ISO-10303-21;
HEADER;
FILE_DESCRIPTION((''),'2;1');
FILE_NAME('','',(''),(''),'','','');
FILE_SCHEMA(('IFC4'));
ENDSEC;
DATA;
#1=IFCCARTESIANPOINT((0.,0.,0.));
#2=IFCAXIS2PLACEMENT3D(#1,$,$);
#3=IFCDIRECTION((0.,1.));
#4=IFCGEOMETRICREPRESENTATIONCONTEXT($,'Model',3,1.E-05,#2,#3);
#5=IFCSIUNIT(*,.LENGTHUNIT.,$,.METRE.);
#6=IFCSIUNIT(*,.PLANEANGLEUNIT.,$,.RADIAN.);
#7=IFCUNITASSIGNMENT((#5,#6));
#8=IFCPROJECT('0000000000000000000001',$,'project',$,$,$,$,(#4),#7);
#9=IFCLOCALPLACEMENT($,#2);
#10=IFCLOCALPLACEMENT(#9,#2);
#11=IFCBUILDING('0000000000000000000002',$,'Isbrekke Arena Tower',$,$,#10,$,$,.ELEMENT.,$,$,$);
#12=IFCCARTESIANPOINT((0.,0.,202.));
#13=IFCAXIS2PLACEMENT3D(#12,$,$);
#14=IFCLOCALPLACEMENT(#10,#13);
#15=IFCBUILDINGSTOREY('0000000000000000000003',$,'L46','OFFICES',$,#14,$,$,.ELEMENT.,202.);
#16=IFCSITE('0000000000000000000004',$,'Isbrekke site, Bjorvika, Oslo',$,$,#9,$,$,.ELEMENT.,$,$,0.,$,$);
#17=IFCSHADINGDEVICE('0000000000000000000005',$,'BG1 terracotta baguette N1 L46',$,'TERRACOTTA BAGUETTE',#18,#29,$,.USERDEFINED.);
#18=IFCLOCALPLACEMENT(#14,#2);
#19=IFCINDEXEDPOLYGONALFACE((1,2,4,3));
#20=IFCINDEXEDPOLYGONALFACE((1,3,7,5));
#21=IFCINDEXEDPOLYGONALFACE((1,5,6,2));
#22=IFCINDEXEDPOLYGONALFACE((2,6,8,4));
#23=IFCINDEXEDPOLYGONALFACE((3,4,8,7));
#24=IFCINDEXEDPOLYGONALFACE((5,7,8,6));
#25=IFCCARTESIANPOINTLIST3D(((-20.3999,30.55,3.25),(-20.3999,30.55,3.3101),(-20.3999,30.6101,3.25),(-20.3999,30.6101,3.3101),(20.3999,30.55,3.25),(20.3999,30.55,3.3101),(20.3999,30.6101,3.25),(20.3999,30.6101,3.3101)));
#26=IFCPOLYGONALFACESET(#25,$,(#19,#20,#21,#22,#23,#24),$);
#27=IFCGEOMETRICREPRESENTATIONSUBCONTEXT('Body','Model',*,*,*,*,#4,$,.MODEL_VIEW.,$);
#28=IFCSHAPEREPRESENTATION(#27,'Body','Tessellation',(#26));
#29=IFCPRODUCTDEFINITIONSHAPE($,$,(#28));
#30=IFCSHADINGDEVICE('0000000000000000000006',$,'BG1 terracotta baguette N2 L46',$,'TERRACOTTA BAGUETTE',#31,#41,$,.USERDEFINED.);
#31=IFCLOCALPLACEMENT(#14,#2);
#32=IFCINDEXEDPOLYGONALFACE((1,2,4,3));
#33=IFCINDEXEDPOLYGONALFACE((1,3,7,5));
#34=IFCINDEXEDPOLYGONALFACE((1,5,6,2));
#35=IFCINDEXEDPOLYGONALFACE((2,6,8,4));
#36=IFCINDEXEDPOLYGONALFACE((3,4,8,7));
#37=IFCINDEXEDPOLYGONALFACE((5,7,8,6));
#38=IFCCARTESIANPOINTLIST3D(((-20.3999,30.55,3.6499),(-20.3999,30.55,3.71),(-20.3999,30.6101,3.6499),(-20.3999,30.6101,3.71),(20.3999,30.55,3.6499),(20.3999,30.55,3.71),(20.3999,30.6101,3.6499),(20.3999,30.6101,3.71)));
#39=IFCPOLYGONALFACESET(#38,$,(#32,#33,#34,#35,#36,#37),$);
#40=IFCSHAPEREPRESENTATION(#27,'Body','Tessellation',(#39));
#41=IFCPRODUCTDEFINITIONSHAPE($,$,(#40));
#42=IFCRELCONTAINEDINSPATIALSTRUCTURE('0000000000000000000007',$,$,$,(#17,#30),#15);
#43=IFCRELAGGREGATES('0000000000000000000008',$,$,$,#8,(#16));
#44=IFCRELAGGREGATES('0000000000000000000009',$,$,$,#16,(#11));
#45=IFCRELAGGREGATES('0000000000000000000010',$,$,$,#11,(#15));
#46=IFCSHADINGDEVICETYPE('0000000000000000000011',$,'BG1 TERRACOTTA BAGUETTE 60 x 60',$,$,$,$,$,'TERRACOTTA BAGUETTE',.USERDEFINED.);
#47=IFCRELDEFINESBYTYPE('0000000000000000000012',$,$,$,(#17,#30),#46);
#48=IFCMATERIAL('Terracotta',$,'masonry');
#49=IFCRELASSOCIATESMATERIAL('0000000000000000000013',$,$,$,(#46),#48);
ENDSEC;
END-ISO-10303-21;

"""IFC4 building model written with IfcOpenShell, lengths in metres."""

from ifc_helpers import new_model, si_unit, direction, frame, origin, origin_2d, place, context, subcontext, project, spatial, rectangle, extrude, material, material_profile, profile_set, type_object, element, save


model = new_model("IFC4")

# Units and contexts
model_context = context("Model", 3, precision=1e-05, world=origin(), true_north=direction((0.0, 1.0)))
body_context = subcontext(model_context, "Body", "Model", "MODEL_VIEW")
ifc_project = project(units=[si_unit("LENGTHUNIT", "METRE"), si_unit("PLANEANGLEUNIT", "RADIAN")], contexts=[model_context])

# Site, building, storey
site_placement = place(None, origin())
site = spatial("IfcSite", under=ifc_project, at=site_placement, Name="Isbrekke site, Bjorvika, Oslo", CompositionType="ELEMENT", RefElevation=0.0)
building_placement = place(site_placement, origin())
building = spatial("IfcBuilding", under=site, at=building_placement, Name="Isbrekke Arena Tower", CompositionType="ELEMENT")
storey_placement = place(building_placement, frame((0.0, 0.0, 202.0)))
storey = spatial("IfcBuildingStorey", under=building, at=storey_placement, Name="L46", Description="OFFICES", CompositionType="ELEMENT", Elevation=202.0)

# Shading devices
ifc_material_1 = material(Name="Terracotta", Category="masonry")
ifc_material_profile_1 = material_profile(ifc_material_1, rectangle(XDim=0.0601, YDim=0.0601, at=origin_2d()), Name="BAGUETTE 60X60")
ifc_profile_set_1 = profile_set([ifc_material_profile_1], Name="Terracotta")
shading_device_type = type_object("IfcShadingDeviceType", Name="BG1 TERRACOTTA BAGUETTE 60 x 60", ElementType="TERRACOTTA BAGUETTE", PredefinedType="USERDEFINED", material=ifc_profile_set_1)
for number, where, z_axis, x_axis, name in (
    (1, (20.3999, 30.5801, 3.28), (-1.0, 0.0, 0.0), (0.0, -1.0, 0.0), "BG1 terracotta baguette N1 L46"),
    (2, (20.3999, 30.5801, 3.6799), (-1.0, 0.0, 0.0), (0.0, -1.0, 0.0), "BG1 terracotta baguette N2 L46"),
):
    element("IfcShadingDevice", number, at=place(storey_placement, frame(where, z_axis=z_axis, x_axis=x_axis)), inside=storey, type_object=shading_device_type, Name=name, ObjectType="TERRACOTTA BAGUETTE", PredefinedType="USERDEFINED", context=body_context, shape_type="SweptSolid", body=[
        extrude(rectangle(XDim=0.0601, YDim=0.0601, at=origin_2d()), origin(), (0.0, 0.0, 1.0), 40.7998),
    ])

save(model, "model.ifc")
